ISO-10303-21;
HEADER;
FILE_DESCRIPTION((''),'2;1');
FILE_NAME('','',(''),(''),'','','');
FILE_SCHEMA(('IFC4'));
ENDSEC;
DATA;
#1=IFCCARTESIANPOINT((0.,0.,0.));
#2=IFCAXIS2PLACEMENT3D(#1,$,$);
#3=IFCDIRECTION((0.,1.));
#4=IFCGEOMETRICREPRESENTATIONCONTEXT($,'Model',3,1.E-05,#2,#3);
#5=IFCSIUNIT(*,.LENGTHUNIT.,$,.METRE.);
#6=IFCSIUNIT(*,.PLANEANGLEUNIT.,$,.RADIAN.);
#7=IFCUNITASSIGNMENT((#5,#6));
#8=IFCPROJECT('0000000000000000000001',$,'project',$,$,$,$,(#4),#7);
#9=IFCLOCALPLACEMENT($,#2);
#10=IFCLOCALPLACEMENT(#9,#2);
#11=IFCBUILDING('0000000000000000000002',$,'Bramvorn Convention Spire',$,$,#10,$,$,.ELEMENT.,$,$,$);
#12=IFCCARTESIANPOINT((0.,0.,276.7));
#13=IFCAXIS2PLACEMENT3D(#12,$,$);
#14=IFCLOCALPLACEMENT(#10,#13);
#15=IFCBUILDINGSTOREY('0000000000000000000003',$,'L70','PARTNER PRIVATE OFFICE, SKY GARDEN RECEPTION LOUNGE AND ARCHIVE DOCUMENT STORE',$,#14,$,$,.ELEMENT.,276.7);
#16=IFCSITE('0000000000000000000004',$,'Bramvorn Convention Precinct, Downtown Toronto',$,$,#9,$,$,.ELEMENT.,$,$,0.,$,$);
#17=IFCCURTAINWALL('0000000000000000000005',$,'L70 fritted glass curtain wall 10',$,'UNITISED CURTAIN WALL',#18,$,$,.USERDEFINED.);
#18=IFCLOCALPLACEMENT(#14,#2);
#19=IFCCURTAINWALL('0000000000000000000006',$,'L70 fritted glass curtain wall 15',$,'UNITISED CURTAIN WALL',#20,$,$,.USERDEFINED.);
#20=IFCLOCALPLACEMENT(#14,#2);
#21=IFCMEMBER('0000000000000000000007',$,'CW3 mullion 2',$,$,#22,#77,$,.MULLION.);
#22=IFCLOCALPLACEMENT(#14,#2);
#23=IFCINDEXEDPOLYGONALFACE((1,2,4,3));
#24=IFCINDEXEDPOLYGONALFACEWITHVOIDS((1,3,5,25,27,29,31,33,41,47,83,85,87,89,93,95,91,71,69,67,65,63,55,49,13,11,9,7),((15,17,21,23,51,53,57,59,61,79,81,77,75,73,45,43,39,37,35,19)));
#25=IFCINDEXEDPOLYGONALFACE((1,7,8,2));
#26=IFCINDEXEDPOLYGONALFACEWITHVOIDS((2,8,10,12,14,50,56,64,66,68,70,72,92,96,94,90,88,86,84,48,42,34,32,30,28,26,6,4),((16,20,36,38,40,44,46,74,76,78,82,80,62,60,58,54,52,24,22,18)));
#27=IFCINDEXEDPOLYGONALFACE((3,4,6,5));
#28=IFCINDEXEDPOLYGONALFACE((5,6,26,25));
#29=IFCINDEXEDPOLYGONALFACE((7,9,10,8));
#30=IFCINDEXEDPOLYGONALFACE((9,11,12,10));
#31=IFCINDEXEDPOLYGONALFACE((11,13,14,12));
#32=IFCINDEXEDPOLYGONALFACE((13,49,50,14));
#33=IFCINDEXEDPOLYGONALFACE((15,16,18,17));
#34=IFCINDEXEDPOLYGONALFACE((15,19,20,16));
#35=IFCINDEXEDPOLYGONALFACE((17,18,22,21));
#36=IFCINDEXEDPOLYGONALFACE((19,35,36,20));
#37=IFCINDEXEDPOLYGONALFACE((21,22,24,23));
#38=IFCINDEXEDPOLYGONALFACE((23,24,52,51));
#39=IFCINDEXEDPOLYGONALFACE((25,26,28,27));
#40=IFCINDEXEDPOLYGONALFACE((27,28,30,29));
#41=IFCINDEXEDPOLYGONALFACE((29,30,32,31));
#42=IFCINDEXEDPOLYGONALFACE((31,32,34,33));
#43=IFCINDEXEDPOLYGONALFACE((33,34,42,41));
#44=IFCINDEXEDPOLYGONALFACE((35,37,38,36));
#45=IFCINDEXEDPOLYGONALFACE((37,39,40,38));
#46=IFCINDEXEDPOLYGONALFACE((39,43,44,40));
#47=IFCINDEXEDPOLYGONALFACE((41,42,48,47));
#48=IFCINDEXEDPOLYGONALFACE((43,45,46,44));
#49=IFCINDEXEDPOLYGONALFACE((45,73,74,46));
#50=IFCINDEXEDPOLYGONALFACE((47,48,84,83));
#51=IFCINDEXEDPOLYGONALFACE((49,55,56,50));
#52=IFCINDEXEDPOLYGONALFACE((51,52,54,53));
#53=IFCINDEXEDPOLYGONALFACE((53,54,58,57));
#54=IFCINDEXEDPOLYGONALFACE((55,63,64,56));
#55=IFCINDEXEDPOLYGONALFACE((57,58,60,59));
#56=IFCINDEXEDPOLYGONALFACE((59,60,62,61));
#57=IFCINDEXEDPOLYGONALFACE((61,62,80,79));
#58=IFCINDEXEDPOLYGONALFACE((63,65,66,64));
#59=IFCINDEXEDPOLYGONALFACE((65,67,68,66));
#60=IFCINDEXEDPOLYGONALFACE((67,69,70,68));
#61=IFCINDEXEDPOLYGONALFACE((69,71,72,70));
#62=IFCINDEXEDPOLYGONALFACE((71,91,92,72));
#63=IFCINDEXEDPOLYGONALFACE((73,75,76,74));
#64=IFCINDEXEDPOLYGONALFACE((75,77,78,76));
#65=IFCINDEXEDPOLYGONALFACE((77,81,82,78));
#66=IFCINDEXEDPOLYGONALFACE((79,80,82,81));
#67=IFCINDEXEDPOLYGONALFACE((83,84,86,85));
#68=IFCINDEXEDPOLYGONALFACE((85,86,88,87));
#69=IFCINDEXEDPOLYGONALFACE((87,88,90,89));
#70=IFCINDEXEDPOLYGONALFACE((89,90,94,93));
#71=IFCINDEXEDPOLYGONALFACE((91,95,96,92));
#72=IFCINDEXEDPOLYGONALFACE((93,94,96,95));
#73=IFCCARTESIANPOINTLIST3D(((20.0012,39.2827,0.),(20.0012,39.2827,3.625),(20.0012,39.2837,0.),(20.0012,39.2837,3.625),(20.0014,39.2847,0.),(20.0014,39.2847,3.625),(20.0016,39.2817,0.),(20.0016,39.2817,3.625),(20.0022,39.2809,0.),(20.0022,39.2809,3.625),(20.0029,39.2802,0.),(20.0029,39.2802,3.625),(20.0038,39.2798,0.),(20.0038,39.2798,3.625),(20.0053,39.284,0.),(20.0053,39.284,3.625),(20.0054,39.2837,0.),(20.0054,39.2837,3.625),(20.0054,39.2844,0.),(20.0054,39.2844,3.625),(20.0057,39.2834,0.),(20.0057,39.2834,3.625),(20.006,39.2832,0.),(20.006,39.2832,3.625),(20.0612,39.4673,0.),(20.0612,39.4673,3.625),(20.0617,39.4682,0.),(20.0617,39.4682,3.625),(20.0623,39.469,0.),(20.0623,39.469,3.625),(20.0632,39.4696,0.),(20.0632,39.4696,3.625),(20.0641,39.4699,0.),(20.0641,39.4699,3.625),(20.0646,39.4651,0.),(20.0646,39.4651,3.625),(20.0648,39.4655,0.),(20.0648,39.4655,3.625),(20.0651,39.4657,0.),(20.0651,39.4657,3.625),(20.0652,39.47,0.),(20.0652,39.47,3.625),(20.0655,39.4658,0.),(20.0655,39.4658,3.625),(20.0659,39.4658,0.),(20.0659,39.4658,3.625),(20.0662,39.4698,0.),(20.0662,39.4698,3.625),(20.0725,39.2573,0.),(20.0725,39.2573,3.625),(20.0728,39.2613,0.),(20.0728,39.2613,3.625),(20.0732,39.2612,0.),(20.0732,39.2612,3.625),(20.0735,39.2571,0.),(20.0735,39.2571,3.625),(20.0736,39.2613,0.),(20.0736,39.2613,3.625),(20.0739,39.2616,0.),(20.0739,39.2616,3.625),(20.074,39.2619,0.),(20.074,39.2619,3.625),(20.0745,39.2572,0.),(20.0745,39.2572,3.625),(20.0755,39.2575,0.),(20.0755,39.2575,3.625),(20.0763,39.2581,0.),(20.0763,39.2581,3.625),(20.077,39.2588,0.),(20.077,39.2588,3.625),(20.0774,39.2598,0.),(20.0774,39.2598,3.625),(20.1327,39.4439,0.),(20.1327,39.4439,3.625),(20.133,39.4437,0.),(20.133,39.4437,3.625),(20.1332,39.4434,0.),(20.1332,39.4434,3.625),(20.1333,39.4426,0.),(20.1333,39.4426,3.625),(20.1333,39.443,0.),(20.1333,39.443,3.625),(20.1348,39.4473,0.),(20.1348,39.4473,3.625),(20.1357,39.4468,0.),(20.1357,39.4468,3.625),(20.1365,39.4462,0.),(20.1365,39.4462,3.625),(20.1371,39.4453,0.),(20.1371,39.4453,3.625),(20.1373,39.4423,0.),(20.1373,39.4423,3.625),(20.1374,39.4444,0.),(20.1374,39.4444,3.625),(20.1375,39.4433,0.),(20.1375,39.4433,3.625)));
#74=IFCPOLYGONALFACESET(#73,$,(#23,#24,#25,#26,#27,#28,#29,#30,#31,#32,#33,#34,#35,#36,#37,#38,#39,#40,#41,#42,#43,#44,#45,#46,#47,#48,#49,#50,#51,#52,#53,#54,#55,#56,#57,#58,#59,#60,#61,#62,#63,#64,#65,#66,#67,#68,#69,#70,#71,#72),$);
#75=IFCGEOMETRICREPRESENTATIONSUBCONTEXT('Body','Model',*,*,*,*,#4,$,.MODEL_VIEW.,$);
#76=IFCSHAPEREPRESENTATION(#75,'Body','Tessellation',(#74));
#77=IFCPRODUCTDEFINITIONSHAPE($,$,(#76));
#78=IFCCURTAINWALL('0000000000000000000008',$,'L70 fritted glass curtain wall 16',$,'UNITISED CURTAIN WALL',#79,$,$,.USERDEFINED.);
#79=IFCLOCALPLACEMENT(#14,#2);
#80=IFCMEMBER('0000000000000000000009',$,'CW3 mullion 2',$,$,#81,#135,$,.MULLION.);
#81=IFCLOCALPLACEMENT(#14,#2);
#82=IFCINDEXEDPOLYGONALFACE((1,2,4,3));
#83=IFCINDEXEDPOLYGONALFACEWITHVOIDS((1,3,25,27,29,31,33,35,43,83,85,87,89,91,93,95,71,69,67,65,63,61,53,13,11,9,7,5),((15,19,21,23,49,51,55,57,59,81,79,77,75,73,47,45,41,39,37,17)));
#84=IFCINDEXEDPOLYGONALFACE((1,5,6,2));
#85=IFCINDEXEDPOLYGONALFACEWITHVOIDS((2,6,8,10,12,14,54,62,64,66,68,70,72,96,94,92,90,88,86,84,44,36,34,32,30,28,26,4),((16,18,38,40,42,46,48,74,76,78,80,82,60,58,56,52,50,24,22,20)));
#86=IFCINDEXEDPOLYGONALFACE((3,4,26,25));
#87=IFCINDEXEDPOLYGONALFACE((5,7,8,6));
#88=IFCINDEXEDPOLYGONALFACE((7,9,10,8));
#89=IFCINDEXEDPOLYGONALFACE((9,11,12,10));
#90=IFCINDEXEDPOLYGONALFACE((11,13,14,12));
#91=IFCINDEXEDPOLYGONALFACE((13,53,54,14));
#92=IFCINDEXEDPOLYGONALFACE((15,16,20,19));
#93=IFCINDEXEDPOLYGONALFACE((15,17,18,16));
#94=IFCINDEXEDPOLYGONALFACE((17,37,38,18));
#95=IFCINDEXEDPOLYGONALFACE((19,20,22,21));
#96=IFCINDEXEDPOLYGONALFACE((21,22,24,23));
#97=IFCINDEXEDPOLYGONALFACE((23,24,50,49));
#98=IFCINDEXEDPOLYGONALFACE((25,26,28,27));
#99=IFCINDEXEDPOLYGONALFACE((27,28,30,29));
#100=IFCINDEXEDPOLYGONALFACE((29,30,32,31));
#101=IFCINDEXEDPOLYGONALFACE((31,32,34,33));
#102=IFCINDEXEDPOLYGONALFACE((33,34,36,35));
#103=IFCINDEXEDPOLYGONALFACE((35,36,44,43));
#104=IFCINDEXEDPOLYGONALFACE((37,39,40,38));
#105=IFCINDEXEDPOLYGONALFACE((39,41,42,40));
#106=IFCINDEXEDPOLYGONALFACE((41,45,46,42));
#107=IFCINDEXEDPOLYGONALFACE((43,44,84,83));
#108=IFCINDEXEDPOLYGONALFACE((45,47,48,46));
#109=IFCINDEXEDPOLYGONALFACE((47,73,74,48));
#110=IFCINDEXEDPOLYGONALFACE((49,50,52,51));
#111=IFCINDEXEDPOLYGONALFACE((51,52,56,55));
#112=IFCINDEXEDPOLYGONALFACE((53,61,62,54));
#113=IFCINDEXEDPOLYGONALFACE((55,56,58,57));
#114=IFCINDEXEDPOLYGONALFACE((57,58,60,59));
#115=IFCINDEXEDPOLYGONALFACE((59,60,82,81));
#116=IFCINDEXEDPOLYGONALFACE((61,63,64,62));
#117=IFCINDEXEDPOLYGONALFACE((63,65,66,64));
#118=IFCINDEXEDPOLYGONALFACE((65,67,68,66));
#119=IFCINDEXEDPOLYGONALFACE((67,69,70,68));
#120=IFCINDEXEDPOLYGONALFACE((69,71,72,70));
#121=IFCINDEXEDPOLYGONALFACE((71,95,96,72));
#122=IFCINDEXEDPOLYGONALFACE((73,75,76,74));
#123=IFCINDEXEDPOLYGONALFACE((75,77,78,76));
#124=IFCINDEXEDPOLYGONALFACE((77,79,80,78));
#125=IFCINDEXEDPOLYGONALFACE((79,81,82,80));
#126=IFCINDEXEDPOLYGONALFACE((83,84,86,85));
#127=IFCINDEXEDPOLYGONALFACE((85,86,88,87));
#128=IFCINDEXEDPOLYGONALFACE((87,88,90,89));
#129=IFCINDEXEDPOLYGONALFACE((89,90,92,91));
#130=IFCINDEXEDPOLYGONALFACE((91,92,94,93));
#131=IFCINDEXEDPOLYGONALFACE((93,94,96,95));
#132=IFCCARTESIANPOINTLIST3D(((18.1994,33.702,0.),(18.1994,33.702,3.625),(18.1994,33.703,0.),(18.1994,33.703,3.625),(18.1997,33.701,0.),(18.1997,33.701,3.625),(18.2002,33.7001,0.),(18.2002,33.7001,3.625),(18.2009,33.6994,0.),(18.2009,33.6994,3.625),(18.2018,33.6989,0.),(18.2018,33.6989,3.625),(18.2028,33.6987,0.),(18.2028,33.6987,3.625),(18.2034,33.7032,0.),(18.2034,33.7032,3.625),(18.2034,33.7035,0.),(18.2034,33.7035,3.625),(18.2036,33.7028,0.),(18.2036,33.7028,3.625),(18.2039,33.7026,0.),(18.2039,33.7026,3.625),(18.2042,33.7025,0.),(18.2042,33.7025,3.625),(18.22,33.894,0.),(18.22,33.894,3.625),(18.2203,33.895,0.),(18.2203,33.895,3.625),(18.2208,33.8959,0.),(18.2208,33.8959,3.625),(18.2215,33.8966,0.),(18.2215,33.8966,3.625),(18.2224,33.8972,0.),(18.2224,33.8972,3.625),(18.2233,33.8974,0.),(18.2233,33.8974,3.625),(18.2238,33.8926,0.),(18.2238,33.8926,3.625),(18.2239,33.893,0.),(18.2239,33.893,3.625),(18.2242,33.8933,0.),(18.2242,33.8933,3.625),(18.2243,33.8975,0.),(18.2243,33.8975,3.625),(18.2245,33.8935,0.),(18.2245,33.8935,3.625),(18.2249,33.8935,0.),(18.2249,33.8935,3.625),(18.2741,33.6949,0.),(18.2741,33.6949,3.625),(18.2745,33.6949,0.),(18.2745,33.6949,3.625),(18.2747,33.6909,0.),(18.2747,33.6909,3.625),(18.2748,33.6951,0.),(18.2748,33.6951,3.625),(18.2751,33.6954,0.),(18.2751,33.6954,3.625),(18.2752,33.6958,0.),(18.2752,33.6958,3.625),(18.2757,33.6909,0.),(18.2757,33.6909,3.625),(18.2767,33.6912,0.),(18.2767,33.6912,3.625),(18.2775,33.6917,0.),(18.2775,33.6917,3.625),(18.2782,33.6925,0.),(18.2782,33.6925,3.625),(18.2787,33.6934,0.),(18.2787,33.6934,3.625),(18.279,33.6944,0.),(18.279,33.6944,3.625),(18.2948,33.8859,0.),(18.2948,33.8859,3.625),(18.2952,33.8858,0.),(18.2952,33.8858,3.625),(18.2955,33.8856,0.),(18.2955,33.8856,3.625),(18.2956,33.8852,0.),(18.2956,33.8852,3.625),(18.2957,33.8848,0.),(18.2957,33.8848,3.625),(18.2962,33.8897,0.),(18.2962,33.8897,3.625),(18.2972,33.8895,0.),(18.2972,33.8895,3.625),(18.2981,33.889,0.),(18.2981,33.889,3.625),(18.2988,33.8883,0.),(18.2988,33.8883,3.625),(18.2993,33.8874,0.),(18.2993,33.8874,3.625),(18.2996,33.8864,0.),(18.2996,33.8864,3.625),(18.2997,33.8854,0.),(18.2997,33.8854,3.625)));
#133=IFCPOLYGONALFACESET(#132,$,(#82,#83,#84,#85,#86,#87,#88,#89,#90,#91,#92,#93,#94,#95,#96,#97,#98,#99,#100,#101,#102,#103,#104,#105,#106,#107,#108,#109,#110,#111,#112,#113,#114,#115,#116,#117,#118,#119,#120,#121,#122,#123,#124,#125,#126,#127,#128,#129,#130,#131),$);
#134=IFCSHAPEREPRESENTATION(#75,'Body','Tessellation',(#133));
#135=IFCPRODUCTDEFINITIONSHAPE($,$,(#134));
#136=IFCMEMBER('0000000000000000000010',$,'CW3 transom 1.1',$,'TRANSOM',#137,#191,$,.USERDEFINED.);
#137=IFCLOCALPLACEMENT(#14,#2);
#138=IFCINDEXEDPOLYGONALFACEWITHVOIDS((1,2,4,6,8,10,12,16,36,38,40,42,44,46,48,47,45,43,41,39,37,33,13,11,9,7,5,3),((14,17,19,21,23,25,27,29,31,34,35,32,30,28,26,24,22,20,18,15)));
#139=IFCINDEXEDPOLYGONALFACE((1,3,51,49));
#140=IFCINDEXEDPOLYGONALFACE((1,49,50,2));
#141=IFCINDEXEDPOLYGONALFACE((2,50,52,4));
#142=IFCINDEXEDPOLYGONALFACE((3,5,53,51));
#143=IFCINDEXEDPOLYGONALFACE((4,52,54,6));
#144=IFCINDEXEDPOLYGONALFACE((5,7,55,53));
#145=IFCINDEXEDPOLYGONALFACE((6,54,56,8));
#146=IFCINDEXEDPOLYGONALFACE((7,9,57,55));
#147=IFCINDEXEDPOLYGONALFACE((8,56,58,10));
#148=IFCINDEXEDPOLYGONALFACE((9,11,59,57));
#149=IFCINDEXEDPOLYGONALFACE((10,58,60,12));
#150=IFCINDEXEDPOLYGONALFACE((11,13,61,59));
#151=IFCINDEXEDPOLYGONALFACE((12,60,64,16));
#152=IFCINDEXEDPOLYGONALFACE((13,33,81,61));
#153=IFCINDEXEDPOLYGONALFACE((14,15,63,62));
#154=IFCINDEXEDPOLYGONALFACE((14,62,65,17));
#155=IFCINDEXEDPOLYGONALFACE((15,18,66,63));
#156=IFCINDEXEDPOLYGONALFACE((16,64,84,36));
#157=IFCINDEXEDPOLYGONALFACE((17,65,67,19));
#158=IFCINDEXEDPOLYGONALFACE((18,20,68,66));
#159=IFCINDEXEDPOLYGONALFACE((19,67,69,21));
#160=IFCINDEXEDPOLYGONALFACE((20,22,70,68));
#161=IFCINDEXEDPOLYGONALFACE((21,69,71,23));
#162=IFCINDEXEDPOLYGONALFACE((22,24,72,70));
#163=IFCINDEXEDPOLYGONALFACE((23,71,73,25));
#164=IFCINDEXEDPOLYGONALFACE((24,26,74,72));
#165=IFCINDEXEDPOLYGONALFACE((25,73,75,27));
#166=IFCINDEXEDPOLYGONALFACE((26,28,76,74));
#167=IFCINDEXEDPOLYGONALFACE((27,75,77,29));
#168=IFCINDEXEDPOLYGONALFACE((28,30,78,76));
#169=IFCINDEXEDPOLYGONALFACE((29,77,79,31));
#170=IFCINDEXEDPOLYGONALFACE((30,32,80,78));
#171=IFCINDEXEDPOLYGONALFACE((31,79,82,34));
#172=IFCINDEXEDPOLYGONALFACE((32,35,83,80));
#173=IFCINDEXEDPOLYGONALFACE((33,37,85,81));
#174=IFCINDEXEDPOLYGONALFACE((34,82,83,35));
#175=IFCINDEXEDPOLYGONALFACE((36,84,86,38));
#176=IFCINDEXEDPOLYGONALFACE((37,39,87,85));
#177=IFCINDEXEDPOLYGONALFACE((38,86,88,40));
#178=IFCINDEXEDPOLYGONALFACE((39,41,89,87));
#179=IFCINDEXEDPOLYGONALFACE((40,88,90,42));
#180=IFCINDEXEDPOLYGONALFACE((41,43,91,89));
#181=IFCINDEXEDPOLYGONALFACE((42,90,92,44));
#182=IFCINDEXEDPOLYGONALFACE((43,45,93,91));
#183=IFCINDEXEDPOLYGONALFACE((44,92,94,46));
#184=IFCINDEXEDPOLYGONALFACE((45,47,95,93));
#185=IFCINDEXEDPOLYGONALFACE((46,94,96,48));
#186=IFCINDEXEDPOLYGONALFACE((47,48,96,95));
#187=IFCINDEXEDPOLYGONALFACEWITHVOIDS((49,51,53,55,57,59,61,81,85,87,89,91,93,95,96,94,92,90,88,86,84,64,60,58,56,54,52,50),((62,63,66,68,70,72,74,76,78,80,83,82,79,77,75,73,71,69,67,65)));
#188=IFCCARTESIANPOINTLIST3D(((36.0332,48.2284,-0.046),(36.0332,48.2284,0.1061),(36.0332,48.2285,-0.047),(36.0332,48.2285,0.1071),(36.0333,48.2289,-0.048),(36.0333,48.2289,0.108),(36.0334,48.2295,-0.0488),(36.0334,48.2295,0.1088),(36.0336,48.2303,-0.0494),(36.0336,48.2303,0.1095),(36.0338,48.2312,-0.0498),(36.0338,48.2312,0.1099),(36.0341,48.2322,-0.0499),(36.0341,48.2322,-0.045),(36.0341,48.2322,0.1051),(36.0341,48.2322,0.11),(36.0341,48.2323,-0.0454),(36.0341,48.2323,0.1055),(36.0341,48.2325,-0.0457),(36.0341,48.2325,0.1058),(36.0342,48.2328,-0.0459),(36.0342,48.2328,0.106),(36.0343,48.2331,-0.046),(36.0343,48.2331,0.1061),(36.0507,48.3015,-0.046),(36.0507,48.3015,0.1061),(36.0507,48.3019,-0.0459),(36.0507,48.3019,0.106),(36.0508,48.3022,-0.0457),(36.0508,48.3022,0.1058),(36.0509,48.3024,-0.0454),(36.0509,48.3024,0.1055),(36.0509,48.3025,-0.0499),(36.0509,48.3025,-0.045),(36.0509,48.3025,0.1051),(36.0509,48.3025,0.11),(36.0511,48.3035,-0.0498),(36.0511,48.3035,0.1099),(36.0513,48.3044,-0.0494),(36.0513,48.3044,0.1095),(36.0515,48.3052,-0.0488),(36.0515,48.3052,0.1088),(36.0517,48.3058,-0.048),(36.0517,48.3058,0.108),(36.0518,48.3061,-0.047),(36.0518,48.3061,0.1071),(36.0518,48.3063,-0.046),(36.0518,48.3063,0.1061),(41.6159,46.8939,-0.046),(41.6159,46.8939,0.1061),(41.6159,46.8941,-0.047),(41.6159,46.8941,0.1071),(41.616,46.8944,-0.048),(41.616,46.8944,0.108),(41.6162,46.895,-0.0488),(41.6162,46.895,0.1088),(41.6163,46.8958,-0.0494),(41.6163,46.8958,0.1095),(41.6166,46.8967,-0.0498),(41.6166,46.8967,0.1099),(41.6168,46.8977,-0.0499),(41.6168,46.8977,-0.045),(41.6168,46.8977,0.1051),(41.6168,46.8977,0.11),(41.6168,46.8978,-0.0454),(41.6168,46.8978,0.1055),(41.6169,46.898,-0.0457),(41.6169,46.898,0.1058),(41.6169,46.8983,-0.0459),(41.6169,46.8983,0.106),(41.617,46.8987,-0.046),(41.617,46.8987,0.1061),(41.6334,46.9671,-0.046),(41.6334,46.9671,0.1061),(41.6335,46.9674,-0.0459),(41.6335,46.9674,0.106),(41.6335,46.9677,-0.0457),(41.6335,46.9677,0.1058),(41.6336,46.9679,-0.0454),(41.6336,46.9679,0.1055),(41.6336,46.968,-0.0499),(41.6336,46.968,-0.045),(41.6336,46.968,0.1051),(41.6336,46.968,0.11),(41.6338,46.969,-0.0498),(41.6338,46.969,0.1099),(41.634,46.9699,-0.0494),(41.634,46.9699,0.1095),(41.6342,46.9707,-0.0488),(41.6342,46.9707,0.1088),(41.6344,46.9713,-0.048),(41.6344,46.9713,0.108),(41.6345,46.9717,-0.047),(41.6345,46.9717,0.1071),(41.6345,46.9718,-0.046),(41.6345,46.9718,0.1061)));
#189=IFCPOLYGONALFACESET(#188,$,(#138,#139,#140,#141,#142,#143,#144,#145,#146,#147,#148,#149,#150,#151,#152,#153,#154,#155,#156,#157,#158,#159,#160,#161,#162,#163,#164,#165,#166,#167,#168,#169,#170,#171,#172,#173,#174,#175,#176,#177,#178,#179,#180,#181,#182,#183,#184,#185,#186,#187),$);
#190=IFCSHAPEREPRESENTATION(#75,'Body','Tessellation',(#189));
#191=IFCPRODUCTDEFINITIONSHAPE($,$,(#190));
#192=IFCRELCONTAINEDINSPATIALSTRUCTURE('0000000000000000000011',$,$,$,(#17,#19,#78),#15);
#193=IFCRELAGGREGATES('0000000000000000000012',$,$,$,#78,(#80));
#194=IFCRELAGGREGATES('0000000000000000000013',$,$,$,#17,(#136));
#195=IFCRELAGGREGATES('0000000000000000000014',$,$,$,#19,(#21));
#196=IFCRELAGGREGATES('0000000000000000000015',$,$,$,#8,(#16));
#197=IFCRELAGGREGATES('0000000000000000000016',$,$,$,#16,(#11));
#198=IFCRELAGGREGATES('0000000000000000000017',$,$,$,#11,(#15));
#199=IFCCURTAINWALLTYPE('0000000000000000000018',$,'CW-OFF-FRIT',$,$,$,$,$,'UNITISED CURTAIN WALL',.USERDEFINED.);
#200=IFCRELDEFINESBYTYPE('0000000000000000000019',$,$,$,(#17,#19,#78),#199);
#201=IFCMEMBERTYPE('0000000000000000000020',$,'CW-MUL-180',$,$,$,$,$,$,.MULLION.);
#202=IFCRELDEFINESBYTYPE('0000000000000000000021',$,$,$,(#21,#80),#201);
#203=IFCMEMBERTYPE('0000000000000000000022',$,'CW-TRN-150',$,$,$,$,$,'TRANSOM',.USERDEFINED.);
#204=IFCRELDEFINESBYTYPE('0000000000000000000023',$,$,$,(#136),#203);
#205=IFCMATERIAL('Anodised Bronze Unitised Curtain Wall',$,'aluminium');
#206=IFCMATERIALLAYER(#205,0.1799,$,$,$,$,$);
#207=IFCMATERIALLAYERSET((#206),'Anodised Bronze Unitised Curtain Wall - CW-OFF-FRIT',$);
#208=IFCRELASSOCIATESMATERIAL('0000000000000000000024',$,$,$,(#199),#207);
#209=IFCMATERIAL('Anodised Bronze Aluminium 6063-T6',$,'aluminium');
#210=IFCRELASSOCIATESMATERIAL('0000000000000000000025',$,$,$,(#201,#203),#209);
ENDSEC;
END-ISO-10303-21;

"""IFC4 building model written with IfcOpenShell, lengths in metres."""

from ifc_helpers import new_model, si_unit, direction, frame, origin, origin_2d, place, context, subcontext, project, spatial, hollow_rectangle, extrude, material, layer, layer_set, material_profile, profile_set, type_object, element, aggregate, save


model = new_model("IFC4")

# Units and contexts
model_context = context("Model", 3, precision=1e-05, world=origin(), true_north=direction((0.0, 1.0)))
body_context = subcontext(model_context, "Body", "Model", "MODEL_VIEW")
ifc_project = project(units=[si_unit("LENGTHUNIT", "METRE"), si_unit("PLANEANGLEUNIT", "RADIAN")], contexts=[model_context])

# Site, building, storey
site_placement = place(None, origin())
site = spatial("IfcSite", under=ifc_project, at=site_placement, Name="Bramvorn Convention Precinct, Downtown Toronto", CompositionType="ELEMENT", RefElevation=0.0)
building_placement = place(site_placement, origin())
building = spatial("IfcBuilding", under=site, at=building_placement, Name="Bramvorn Convention Spire", CompositionType="ELEMENT")
storey_placement = place(building_placement, frame((0.0, 0.0, 276.7)))
storey = spatial("IfcBuildingStorey", under=building, at=storey_placement, Name="L70", Description="PARTNER PRIVATE OFFICE, SKY GARDEN RECEPTION LOUNGE AND ARCHIVE DOCUMENT STORE", CompositionType="ELEMENT", Elevation=276.7)

# Curtain wall
ifc_material_1 = material(Name="Anodised Bronze Unitised Curtain Wall", Category="aluminium")
ifc_layer_1 = layer(ifc_material_1, 0.1799)
ifc_layer_set_1 = layer_set([ifc_layer_1], Name="Anodised Bronze Unitised Curtain Wall - CW-OFF-FRIT")
curtain_wall_type = type_object("IfcCurtainWallType", Name="CW-OFF-FRIT", ElementType="UNITISED CURTAIN WALL", PredefinedType="USERDEFINED", material=ifc_layer_set_1)
curtain_wall_1_placement = place(storey_placement, origin())
curtain_wall_1 = element("IfcCurtainWall", 1, at=curtain_wall_1_placement, inside=storey, type_object=curtain_wall_type, Name="L70 fritted glass curtain wall 10", ObjectType="UNITISED CURTAIN WALL", PredefinedType="USERDEFINED")
ifc_material_2 = material(Name="Anodised Bronze Aluminium 6063-T6", Category="aluminium")
ifc_material_profile_1 = material_profile(ifc_material_2, hollow_rectangle(XDim=0.0801, YDim=0.2, WallThickness=0.0039, InnerFilletRadius=0.001, OuterFilletRadius=0.0039, at=origin_2d()))
ifc_profile_set_1 = profile_set([ifc_material_profile_1], Name="Anodised Bronze Aluminium 6063-T6 - CWM80X200")
member_type_1 = type_object("IfcMemberType", Name="CW-MUL-180", PredefinedType="MULLION", material=ifc_profile_set_1)

# Curtain wall, member
curtain_wall_2_placement = place(storey_placement, origin())
curtain_wall_2 = element("IfcCurtainWall", 2, at=curtain_wall_2_placement, inside=storey, type_object=curtain_wall_type, Name="L70 fritted glass curtain wall 15", ObjectType="UNITISED CURTAIN WALL", PredefinedType="USERDEFINED")
member_1_placement = place(storey_placement, frame((20.0693, 39.3635, 0.0), z_axis=(0.0, 0.0, 1.0), x_axis=(-0.950211, 0.311606, 0.0)))
member_1 = element("IfcMember", 3, at=member_1_placement, type_object=member_type_1, Name="CW3 mullion 2", PredefinedType="MULLION", context=body_context, shape_type="SweptSolid", body=[
    extrude(hollow_rectangle(XDim=0.0801, YDim=0.2, WallThickness=0.0039, InnerFilletRadius=0.001, OuterFilletRadius=0.0039, at=origin_2d()), origin(), (0.0, 0.0, 1.0), 3.625),
])

# Curtain wall, member
curtain_wall_3_placement = place(storey_placement, origin())
curtain_wall_3 = element("IfcCurtainWall", 4, at=curtain_wall_3_placement, inside=storey, type_object=curtain_wall_type, Name="L70 fritted glass curtain wall 16", ObjectType="UNITISED CURTAIN WALL", PredefinedType="USERDEFINED")
member_2_placement = place(storey_placement, frame((18.2495, 33.7942, 0.0), z_axis=(0.0, 0.0, 1.0), x_axis=(-0.994192, 0.107624, 0.0)))
member_2 = element("IfcMember", 5, at=member_2_placement, type_object=member_type_1, Name="CW3 mullion 2", PredefinedType="MULLION", context=body_context, shape_type="SweptSolid", body=[
    extrude(hollow_rectangle(XDim=0.0801, YDim=0.2, WallThickness=0.0039, InnerFilletRadius=0.001, OuterFilletRadius=0.0039, at=origin_2d()), origin(), (0.0, 0.0, 1.0), 3.625),
])
aggregate(curtain_wall_3, [member_2])

# Member
ifc_material_profile_2 = material_profile(ifc_material_2, hollow_rectangle(XDim=0.0801, YDim=0.1599, WallThickness=0.0039, InnerFilletRadius=0.001, OuterFilletRadius=0.0039, at=origin_2d()))
ifc_profile_set_2 = profile_set([ifc_material_profile_2], Name="Anodised Bronze Aluminium 6063-T6 - CWT80X160")
member_type_2 = type_object("IfcMemberType", Name="CW-TRN-150", ElementType="TRANSOM", PredefinedType="USERDEFINED", material=ifc_profile_set_2)
member_3_placement = place(storey_placement, frame((36.0425, 48.2673, 0.03), z_axis=(0.9726, -0.232485, 0.0), x_axis=(0.232485, 0.9726, 0.0)))
member_3 = element("IfcMember", 6, at=member_3_placement, type_object=member_type_2, Name="CW3 transom 1.1", ObjectType="TRANSOM", PredefinedType="USERDEFINED", context=body_context, shape_type="SweptSolid", body=[
    extrude(hollow_rectangle(XDim=0.0801, YDim=0.1599, WallThickness=0.0039, InnerFilletRadius=0.001, OuterFilletRadius=0.0039, at=origin_2d()), origin(), (0.0, 0.0, 1.0), 5.74),
])
aggregate(curtain_wall_1, [member_3])

aggregate(curtain_wall_2, [member_1])

save(model, "model.ifc")
